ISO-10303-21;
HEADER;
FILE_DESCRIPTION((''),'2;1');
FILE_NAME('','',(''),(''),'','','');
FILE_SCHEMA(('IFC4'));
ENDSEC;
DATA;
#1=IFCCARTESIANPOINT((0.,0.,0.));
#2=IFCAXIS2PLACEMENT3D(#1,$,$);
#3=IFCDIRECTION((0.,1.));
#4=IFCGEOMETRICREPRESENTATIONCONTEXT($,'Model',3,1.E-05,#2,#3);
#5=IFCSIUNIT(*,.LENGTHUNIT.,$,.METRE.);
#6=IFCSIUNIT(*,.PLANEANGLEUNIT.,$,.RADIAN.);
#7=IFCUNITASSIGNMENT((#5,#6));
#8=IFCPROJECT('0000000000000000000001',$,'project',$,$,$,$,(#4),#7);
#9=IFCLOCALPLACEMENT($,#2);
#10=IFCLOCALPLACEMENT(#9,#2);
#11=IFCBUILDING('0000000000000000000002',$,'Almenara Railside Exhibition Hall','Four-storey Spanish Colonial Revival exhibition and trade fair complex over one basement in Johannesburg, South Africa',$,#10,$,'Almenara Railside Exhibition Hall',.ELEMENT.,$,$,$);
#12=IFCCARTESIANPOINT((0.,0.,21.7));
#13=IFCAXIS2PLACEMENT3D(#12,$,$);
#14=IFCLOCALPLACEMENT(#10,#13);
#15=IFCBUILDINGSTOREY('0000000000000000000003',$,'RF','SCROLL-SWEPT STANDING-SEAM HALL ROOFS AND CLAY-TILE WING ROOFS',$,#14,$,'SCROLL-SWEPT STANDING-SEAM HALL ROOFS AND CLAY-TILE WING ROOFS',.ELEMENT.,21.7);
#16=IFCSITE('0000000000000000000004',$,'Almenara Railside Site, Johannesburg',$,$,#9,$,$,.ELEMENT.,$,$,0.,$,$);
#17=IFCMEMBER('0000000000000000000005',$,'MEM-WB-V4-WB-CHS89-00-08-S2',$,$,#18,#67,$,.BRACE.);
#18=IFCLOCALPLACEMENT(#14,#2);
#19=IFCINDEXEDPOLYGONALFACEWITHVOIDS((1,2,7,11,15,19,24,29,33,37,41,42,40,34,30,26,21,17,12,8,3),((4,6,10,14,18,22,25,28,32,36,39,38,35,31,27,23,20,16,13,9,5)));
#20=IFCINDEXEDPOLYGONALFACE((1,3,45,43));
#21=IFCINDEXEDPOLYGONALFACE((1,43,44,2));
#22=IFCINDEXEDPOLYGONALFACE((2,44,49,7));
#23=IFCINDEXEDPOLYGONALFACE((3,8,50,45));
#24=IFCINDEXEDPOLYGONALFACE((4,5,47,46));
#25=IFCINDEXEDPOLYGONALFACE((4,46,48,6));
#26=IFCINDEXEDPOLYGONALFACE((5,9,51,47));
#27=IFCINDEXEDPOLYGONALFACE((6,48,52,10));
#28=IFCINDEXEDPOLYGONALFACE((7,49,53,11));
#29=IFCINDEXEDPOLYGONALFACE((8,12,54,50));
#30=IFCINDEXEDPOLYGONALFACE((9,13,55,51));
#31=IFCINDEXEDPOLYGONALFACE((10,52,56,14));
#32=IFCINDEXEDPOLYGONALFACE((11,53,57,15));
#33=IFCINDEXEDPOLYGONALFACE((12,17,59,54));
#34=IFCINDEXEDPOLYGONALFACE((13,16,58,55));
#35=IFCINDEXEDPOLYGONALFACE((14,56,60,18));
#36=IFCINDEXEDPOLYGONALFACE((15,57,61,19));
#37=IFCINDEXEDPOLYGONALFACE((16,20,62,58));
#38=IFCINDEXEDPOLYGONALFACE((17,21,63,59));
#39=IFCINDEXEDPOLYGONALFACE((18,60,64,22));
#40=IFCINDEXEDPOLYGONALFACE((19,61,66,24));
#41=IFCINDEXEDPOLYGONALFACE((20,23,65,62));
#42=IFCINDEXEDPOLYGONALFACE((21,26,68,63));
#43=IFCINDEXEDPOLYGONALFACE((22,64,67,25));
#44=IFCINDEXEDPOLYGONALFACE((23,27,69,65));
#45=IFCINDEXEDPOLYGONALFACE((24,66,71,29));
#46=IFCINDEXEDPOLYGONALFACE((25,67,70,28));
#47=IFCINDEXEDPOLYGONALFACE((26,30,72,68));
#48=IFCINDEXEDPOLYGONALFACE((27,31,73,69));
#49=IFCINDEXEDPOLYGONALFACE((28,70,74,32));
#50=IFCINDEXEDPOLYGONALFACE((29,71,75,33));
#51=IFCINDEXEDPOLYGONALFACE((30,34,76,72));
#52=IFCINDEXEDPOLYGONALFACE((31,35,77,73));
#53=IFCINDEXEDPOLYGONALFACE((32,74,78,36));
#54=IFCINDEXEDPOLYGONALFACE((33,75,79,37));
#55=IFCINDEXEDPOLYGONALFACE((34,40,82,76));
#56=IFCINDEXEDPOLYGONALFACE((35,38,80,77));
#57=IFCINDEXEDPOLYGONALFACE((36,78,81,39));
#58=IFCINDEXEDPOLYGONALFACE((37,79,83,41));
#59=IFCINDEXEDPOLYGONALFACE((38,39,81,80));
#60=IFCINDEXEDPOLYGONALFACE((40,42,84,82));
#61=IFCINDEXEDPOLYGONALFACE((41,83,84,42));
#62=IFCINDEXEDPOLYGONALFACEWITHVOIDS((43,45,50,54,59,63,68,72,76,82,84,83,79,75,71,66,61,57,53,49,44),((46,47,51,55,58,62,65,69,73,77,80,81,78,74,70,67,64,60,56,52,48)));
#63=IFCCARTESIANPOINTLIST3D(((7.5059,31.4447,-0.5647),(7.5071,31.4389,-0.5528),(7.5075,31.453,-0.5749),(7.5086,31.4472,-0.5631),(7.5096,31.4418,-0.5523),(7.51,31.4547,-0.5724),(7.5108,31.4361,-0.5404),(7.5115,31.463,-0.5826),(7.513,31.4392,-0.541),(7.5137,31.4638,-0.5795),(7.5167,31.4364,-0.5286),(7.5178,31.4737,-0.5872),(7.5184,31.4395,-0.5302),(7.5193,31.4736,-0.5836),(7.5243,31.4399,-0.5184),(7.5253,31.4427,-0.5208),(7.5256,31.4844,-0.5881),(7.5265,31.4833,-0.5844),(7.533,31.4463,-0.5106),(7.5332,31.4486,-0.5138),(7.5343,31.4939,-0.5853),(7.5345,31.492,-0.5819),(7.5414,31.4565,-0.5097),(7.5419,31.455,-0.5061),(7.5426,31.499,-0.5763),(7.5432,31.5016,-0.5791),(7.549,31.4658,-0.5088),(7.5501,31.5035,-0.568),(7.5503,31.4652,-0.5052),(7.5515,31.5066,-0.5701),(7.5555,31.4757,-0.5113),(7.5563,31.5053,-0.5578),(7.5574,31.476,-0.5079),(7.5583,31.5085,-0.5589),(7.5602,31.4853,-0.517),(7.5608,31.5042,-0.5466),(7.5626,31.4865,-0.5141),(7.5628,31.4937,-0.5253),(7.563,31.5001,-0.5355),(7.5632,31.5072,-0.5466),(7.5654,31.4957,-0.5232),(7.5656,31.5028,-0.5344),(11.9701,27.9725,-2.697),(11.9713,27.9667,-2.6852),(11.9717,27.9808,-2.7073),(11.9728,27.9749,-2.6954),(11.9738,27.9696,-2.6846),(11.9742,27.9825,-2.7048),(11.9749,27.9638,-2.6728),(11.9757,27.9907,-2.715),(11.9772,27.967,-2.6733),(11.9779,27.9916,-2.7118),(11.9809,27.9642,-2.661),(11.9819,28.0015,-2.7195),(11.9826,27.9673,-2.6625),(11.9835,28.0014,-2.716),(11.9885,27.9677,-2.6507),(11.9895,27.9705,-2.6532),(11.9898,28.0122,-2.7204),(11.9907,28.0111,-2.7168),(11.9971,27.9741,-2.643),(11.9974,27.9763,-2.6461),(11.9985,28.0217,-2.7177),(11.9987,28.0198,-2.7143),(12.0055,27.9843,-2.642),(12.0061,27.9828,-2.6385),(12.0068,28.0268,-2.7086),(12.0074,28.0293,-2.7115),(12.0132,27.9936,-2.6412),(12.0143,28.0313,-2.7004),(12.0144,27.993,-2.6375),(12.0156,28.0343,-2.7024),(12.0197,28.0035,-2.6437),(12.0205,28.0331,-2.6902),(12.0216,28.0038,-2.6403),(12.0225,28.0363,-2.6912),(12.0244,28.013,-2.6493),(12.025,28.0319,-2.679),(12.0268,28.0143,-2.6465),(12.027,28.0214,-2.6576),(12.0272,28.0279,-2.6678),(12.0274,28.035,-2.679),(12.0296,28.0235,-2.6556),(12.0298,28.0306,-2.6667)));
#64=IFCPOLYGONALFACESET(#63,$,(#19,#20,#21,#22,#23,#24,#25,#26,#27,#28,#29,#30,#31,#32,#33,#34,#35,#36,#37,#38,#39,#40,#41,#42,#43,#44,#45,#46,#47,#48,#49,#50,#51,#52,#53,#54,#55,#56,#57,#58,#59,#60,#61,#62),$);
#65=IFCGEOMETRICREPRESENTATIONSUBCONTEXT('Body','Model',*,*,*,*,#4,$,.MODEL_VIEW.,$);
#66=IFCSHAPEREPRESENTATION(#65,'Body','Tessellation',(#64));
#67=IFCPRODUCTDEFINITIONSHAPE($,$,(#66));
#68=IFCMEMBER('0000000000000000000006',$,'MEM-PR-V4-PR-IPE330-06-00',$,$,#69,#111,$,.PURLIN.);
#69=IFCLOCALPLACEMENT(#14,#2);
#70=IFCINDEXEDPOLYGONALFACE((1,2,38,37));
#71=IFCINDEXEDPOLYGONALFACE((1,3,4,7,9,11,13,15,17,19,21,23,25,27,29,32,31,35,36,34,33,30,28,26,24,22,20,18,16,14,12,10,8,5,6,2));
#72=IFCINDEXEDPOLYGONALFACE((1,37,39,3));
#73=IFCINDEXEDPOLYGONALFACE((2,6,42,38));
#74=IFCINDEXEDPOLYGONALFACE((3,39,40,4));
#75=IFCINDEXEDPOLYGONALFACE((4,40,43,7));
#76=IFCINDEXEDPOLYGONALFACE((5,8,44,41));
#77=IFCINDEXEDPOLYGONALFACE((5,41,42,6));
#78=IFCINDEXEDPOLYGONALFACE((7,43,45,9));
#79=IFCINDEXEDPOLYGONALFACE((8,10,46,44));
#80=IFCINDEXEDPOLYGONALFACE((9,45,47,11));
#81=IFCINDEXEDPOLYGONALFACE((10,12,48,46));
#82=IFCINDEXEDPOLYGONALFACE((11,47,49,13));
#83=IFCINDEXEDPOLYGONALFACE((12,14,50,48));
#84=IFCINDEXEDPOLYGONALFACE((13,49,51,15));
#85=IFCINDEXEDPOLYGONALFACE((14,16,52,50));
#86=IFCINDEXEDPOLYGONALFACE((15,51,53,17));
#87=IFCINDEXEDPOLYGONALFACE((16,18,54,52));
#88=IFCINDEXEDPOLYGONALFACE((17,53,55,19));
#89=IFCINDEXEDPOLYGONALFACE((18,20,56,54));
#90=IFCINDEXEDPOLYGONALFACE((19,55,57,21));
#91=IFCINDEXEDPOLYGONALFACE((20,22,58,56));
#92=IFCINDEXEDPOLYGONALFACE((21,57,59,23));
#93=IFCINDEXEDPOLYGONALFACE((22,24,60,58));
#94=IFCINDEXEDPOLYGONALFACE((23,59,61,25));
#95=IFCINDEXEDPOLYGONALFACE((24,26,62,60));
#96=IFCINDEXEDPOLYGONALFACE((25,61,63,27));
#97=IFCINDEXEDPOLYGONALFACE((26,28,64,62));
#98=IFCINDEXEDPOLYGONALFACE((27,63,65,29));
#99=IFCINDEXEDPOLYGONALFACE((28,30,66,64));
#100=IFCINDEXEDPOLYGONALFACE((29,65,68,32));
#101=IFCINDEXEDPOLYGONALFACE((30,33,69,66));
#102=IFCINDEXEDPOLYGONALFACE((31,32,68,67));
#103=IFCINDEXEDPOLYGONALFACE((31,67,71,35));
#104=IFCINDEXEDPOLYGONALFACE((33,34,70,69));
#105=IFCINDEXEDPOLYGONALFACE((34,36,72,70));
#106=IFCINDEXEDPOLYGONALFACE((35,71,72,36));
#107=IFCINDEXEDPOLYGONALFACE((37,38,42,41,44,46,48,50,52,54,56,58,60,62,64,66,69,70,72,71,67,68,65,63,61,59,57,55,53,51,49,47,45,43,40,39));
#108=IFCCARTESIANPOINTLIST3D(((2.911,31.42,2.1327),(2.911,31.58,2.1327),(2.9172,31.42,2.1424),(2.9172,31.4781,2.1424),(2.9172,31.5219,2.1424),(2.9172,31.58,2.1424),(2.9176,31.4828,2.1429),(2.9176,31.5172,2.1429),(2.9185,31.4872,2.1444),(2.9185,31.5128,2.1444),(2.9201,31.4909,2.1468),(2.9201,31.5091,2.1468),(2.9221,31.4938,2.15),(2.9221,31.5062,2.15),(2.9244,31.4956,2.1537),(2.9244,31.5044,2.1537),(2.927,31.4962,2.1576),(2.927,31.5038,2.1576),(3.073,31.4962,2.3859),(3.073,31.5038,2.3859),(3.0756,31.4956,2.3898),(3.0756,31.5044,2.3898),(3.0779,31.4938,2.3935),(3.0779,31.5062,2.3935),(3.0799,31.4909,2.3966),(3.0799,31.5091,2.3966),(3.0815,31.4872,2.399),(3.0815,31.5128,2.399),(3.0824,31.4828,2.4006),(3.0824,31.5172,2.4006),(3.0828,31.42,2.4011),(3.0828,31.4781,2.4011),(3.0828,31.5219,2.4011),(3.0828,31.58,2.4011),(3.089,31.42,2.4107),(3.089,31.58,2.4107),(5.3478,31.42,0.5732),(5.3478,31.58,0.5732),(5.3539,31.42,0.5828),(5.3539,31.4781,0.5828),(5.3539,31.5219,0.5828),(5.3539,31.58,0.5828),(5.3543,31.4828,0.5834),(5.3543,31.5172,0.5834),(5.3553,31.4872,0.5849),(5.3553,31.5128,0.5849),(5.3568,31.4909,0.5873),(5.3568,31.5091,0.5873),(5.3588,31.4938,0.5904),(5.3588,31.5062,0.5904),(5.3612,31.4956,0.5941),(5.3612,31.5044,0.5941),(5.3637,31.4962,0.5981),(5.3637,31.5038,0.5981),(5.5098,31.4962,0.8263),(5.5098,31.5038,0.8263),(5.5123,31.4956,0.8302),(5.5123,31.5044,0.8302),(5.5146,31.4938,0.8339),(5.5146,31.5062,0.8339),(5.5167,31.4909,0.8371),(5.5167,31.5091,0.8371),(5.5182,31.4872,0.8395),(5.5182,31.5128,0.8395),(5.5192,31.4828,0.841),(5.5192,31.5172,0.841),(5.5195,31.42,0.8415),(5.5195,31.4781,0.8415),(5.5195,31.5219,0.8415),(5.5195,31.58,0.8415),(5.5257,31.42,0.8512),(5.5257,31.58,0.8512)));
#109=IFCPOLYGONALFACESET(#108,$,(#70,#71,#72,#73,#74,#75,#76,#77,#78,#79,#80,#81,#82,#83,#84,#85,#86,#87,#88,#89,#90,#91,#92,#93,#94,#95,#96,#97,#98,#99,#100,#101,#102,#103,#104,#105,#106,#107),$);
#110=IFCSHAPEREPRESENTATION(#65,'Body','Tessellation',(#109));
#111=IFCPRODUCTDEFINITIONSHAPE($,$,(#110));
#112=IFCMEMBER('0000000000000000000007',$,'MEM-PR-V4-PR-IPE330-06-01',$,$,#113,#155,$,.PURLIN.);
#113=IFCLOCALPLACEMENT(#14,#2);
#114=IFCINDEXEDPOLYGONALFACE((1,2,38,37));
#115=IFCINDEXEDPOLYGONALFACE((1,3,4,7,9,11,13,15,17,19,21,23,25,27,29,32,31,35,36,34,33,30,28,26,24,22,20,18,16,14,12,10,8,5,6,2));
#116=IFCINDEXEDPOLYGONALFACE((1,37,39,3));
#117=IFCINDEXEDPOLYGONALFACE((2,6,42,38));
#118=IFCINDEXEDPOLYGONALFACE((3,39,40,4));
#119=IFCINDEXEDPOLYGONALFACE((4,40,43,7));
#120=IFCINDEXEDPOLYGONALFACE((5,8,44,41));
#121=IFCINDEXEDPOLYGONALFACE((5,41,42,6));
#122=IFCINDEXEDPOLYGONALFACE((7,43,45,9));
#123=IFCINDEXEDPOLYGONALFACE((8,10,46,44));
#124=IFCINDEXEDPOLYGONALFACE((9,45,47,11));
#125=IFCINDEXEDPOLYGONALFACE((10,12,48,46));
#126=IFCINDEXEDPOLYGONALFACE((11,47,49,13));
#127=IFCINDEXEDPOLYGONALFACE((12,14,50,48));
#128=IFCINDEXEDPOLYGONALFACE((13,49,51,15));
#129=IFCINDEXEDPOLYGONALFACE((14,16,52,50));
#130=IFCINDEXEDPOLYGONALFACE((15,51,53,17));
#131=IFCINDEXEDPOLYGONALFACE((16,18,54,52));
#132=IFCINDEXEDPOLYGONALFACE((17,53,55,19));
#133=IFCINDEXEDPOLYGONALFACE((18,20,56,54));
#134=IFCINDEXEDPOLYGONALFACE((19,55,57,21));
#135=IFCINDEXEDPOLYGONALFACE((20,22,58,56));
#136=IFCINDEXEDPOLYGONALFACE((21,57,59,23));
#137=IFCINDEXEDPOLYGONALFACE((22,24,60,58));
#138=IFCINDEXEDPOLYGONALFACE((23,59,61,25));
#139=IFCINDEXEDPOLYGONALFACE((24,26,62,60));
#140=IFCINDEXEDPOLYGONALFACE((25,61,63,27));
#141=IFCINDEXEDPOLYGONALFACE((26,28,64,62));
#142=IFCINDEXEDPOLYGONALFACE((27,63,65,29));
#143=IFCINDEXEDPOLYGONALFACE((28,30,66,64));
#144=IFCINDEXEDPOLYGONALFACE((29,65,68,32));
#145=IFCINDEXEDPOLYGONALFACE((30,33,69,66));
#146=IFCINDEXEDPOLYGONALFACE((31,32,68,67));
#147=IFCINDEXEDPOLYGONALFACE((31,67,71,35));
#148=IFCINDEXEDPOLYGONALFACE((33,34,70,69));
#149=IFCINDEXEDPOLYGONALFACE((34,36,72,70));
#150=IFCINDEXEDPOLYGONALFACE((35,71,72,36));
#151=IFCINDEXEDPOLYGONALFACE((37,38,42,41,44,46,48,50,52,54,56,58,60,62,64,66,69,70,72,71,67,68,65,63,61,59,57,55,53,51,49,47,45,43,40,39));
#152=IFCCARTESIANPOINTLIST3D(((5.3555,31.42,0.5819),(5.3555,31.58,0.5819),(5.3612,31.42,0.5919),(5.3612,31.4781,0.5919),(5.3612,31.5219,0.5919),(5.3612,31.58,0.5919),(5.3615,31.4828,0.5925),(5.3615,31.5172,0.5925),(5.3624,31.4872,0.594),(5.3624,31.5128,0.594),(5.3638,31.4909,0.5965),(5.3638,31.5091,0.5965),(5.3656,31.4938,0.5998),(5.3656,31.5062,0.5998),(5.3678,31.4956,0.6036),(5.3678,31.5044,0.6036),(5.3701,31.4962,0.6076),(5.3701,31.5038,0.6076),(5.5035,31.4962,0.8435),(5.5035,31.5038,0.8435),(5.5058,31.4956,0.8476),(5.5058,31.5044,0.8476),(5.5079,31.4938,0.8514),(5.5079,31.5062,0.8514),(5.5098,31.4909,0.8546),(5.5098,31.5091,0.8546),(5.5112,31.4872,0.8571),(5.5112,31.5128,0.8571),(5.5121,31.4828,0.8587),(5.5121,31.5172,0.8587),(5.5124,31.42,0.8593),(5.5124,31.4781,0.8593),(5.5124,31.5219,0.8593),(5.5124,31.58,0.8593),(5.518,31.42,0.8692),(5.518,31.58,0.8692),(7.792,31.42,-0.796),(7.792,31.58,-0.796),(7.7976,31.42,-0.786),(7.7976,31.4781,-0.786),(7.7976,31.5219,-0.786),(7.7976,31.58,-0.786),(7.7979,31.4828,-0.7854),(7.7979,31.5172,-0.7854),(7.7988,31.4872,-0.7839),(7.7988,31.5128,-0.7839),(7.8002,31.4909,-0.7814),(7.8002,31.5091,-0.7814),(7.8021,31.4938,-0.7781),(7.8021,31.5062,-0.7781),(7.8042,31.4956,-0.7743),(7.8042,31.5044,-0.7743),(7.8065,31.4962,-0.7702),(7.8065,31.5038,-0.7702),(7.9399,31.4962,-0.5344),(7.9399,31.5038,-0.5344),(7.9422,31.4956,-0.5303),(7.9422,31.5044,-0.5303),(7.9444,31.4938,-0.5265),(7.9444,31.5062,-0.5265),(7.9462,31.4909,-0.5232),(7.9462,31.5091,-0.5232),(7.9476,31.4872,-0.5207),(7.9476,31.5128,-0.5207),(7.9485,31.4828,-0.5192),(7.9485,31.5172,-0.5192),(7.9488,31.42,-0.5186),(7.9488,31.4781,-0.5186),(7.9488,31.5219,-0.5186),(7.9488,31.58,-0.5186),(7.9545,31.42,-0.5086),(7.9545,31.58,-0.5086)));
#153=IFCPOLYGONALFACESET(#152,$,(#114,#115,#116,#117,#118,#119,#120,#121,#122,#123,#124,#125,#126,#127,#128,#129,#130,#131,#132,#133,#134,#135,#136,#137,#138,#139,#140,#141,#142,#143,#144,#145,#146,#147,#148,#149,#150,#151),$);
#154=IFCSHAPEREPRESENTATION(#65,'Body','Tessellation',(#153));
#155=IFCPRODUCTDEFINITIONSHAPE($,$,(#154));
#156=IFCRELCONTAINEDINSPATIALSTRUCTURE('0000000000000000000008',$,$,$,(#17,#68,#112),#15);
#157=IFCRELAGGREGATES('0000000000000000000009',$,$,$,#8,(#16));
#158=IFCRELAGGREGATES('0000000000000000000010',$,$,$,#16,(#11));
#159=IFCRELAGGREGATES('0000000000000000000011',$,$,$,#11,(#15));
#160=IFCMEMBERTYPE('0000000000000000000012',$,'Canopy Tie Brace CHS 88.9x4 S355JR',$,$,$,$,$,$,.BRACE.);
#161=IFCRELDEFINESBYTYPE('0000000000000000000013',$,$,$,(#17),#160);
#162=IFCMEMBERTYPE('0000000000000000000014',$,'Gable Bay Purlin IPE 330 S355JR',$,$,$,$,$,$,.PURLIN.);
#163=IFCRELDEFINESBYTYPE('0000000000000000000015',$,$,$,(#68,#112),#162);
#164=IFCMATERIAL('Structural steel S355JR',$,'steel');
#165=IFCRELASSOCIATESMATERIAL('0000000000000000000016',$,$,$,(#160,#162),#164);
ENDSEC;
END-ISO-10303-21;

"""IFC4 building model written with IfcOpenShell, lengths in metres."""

from ifc_helpers import new_model, si_unit, direction, frame, origin, origin_2d, place, context, subcontext, project, spatial, hollow_circle, i_section, extrude, material, material_profile, profile_set, type_object, element, save


model = new_model("IFC4")

# Units and contexts
model_context = context("Model", 3, precision=1e-05, world=origin(), true_north=direction((0.0, 1.0)))
body_context = subcontext(model_context, "Body", "Model", "MODEL_VIEW")
ifc_project = project(units=[si_unit("LENGTHUNIT", "METRE"), si_unit("PLANEANGLEUNIT", "RADIAN")], contexts=[model_context])

# Site, building, storey
site_placement = place(None, origin())
site = spatial("IfcSite", under=ifc_project, at=site_placement, Name="Almenara Railside Site, Johannesburg", CompositionType="ELEMENT", RefElevation=0.0)
building_placement = place(site_placement, origin())
building = spatial("IfcBuilding", under=site, at=building_placement, Name="Almenara Railside Exhibition Hall", Description="Four-storey Spanish Colonial Revival exhibition and trade fair complex over one basement in Johannesburg, South Africa", LongName="Almenara Railside Exhibition Hall", CompositionType="ELEMENT")
storey_placement = place(building_placement, frame((0.0, 0.0, 21.7)))
storey = spatial("IfcBuildingStorey", under=building, at=storey_placement, Name="RF", Description="SCROLL-SWEPT STANDING-SEAM HALL ROOFS AND CLAY-TILE WING ROOFS", LongName="SCROLL-SWEPT STANDING-SEAM HALL ROOFS AND CLAY-TILE WING ROOFS", CompositionType="ELEMENT", Elevation=21.7)

# Members
ifc_material_1 = material(Name="Structural steel S355JR", Category="steel")
ifc_material_profile_1 = material_profile(ifc_material_1, hollow_circle(Radius=0.0444, WallThickness=0.0039, at=origin_2d()), Name="CHS 88.9x4")
ifc_profile_set_1 = profile_set([ifc_material_profile_1], Name="Structural steel S355JR")
member_type_1 = type_object("IfcMemberType", Name="Canopy Tie Brace CHS 88.9x4 S355JR", PredefinedType="BRACE", material=ifc_profile_set_1)
member_1_placement = place(storey_placement, frame((7.5359, 31.4722, -0.5466), z_axis=(0.738591, -0.574473, -0.352795), x_axis=(0.61395, 0.789345, 0.0)))
element("IfcMember", 1, at=member_1_placement, inside=storey, type_object=member_type_1, Name="MEM-WB-V4-WB-CHS89-00-08-S2", PredefinedType="BRACE", context=body_context, shape_type="SweptSolid", body=[
    extrude(hollow_circle(Radius=0.0444, WallThickness=0.0039, at=origin_2d()), origin(), (0.0, 0.0, 1.0), 6.0442),
])
ifc_material_profile_2 = material_profile(ifc_material_1, i_section(OverallWidth=0.1599, OverallDepth=0.3301, WebThickness=0.0076, FlangeThickness=0.0115, FilletRadius=0.0181, at=origin_2d()), Name="IPE 330")
ifc_profile_set_2 = profile_set([ifc_material_profile_2], Name="Structural steel S355JR")
member_type_2 = type_object("IfcMemberType", Name="Gable Bay Purlin IPE 330 S355JR", PredefinedType="PURLIN", material=ifc_profile_set_2)
member_2_placement = place(storey_placement, frame((3.0, 31.5, 2.2717), z_axis=(0.842265, 0.0, -0.539063), x_axis=(0.0, 1.0, 0.0)))
element("IfcMember", 2, at=member_2_placement, inside=storey, type_object=member_type_2, Name="MEM-PR-V4-PR-IPE330-06-00", PredefinedType="PURLIN", context=body_context, shape_type="SweptSolid", body=[
    extrude(i_section(OverallWidth=0.1599, OverallDepth=0.3301, WebThickness=0.0076, FlangeThickness=0.0115, FilletRadius=0.0181, at=origin_2d()), origin(), (0.0, 0.0, 1.0), 2.8931),
])
member_3_placement = place(storey_placement, frame((5.4368, 31.5, 0.7256), z_axis=(0.870446, 0.0, -0.492264), x_axis=(0.0, 1.0, 0.0)))
element("IfcMember", 3, at=member_3_placement, inside=storey, type_object=member_type_2, Name="MEM-PR-V4-PR-IPE330-06-01", PredefinedType="PURLIN", context=body_context, shape_type="SweptSolid", body=[
    extrude(i_section(OverallWidth=0.1599, OverallDepth=0.3301, WebThickness=0.0076, FlangeThickness=0.0115, FilletRadius=0.0181, at=origin_2d()), origin(), (0.0, 0.0, 1.0), 2.7991),
])

save(model, "model.ifc")
